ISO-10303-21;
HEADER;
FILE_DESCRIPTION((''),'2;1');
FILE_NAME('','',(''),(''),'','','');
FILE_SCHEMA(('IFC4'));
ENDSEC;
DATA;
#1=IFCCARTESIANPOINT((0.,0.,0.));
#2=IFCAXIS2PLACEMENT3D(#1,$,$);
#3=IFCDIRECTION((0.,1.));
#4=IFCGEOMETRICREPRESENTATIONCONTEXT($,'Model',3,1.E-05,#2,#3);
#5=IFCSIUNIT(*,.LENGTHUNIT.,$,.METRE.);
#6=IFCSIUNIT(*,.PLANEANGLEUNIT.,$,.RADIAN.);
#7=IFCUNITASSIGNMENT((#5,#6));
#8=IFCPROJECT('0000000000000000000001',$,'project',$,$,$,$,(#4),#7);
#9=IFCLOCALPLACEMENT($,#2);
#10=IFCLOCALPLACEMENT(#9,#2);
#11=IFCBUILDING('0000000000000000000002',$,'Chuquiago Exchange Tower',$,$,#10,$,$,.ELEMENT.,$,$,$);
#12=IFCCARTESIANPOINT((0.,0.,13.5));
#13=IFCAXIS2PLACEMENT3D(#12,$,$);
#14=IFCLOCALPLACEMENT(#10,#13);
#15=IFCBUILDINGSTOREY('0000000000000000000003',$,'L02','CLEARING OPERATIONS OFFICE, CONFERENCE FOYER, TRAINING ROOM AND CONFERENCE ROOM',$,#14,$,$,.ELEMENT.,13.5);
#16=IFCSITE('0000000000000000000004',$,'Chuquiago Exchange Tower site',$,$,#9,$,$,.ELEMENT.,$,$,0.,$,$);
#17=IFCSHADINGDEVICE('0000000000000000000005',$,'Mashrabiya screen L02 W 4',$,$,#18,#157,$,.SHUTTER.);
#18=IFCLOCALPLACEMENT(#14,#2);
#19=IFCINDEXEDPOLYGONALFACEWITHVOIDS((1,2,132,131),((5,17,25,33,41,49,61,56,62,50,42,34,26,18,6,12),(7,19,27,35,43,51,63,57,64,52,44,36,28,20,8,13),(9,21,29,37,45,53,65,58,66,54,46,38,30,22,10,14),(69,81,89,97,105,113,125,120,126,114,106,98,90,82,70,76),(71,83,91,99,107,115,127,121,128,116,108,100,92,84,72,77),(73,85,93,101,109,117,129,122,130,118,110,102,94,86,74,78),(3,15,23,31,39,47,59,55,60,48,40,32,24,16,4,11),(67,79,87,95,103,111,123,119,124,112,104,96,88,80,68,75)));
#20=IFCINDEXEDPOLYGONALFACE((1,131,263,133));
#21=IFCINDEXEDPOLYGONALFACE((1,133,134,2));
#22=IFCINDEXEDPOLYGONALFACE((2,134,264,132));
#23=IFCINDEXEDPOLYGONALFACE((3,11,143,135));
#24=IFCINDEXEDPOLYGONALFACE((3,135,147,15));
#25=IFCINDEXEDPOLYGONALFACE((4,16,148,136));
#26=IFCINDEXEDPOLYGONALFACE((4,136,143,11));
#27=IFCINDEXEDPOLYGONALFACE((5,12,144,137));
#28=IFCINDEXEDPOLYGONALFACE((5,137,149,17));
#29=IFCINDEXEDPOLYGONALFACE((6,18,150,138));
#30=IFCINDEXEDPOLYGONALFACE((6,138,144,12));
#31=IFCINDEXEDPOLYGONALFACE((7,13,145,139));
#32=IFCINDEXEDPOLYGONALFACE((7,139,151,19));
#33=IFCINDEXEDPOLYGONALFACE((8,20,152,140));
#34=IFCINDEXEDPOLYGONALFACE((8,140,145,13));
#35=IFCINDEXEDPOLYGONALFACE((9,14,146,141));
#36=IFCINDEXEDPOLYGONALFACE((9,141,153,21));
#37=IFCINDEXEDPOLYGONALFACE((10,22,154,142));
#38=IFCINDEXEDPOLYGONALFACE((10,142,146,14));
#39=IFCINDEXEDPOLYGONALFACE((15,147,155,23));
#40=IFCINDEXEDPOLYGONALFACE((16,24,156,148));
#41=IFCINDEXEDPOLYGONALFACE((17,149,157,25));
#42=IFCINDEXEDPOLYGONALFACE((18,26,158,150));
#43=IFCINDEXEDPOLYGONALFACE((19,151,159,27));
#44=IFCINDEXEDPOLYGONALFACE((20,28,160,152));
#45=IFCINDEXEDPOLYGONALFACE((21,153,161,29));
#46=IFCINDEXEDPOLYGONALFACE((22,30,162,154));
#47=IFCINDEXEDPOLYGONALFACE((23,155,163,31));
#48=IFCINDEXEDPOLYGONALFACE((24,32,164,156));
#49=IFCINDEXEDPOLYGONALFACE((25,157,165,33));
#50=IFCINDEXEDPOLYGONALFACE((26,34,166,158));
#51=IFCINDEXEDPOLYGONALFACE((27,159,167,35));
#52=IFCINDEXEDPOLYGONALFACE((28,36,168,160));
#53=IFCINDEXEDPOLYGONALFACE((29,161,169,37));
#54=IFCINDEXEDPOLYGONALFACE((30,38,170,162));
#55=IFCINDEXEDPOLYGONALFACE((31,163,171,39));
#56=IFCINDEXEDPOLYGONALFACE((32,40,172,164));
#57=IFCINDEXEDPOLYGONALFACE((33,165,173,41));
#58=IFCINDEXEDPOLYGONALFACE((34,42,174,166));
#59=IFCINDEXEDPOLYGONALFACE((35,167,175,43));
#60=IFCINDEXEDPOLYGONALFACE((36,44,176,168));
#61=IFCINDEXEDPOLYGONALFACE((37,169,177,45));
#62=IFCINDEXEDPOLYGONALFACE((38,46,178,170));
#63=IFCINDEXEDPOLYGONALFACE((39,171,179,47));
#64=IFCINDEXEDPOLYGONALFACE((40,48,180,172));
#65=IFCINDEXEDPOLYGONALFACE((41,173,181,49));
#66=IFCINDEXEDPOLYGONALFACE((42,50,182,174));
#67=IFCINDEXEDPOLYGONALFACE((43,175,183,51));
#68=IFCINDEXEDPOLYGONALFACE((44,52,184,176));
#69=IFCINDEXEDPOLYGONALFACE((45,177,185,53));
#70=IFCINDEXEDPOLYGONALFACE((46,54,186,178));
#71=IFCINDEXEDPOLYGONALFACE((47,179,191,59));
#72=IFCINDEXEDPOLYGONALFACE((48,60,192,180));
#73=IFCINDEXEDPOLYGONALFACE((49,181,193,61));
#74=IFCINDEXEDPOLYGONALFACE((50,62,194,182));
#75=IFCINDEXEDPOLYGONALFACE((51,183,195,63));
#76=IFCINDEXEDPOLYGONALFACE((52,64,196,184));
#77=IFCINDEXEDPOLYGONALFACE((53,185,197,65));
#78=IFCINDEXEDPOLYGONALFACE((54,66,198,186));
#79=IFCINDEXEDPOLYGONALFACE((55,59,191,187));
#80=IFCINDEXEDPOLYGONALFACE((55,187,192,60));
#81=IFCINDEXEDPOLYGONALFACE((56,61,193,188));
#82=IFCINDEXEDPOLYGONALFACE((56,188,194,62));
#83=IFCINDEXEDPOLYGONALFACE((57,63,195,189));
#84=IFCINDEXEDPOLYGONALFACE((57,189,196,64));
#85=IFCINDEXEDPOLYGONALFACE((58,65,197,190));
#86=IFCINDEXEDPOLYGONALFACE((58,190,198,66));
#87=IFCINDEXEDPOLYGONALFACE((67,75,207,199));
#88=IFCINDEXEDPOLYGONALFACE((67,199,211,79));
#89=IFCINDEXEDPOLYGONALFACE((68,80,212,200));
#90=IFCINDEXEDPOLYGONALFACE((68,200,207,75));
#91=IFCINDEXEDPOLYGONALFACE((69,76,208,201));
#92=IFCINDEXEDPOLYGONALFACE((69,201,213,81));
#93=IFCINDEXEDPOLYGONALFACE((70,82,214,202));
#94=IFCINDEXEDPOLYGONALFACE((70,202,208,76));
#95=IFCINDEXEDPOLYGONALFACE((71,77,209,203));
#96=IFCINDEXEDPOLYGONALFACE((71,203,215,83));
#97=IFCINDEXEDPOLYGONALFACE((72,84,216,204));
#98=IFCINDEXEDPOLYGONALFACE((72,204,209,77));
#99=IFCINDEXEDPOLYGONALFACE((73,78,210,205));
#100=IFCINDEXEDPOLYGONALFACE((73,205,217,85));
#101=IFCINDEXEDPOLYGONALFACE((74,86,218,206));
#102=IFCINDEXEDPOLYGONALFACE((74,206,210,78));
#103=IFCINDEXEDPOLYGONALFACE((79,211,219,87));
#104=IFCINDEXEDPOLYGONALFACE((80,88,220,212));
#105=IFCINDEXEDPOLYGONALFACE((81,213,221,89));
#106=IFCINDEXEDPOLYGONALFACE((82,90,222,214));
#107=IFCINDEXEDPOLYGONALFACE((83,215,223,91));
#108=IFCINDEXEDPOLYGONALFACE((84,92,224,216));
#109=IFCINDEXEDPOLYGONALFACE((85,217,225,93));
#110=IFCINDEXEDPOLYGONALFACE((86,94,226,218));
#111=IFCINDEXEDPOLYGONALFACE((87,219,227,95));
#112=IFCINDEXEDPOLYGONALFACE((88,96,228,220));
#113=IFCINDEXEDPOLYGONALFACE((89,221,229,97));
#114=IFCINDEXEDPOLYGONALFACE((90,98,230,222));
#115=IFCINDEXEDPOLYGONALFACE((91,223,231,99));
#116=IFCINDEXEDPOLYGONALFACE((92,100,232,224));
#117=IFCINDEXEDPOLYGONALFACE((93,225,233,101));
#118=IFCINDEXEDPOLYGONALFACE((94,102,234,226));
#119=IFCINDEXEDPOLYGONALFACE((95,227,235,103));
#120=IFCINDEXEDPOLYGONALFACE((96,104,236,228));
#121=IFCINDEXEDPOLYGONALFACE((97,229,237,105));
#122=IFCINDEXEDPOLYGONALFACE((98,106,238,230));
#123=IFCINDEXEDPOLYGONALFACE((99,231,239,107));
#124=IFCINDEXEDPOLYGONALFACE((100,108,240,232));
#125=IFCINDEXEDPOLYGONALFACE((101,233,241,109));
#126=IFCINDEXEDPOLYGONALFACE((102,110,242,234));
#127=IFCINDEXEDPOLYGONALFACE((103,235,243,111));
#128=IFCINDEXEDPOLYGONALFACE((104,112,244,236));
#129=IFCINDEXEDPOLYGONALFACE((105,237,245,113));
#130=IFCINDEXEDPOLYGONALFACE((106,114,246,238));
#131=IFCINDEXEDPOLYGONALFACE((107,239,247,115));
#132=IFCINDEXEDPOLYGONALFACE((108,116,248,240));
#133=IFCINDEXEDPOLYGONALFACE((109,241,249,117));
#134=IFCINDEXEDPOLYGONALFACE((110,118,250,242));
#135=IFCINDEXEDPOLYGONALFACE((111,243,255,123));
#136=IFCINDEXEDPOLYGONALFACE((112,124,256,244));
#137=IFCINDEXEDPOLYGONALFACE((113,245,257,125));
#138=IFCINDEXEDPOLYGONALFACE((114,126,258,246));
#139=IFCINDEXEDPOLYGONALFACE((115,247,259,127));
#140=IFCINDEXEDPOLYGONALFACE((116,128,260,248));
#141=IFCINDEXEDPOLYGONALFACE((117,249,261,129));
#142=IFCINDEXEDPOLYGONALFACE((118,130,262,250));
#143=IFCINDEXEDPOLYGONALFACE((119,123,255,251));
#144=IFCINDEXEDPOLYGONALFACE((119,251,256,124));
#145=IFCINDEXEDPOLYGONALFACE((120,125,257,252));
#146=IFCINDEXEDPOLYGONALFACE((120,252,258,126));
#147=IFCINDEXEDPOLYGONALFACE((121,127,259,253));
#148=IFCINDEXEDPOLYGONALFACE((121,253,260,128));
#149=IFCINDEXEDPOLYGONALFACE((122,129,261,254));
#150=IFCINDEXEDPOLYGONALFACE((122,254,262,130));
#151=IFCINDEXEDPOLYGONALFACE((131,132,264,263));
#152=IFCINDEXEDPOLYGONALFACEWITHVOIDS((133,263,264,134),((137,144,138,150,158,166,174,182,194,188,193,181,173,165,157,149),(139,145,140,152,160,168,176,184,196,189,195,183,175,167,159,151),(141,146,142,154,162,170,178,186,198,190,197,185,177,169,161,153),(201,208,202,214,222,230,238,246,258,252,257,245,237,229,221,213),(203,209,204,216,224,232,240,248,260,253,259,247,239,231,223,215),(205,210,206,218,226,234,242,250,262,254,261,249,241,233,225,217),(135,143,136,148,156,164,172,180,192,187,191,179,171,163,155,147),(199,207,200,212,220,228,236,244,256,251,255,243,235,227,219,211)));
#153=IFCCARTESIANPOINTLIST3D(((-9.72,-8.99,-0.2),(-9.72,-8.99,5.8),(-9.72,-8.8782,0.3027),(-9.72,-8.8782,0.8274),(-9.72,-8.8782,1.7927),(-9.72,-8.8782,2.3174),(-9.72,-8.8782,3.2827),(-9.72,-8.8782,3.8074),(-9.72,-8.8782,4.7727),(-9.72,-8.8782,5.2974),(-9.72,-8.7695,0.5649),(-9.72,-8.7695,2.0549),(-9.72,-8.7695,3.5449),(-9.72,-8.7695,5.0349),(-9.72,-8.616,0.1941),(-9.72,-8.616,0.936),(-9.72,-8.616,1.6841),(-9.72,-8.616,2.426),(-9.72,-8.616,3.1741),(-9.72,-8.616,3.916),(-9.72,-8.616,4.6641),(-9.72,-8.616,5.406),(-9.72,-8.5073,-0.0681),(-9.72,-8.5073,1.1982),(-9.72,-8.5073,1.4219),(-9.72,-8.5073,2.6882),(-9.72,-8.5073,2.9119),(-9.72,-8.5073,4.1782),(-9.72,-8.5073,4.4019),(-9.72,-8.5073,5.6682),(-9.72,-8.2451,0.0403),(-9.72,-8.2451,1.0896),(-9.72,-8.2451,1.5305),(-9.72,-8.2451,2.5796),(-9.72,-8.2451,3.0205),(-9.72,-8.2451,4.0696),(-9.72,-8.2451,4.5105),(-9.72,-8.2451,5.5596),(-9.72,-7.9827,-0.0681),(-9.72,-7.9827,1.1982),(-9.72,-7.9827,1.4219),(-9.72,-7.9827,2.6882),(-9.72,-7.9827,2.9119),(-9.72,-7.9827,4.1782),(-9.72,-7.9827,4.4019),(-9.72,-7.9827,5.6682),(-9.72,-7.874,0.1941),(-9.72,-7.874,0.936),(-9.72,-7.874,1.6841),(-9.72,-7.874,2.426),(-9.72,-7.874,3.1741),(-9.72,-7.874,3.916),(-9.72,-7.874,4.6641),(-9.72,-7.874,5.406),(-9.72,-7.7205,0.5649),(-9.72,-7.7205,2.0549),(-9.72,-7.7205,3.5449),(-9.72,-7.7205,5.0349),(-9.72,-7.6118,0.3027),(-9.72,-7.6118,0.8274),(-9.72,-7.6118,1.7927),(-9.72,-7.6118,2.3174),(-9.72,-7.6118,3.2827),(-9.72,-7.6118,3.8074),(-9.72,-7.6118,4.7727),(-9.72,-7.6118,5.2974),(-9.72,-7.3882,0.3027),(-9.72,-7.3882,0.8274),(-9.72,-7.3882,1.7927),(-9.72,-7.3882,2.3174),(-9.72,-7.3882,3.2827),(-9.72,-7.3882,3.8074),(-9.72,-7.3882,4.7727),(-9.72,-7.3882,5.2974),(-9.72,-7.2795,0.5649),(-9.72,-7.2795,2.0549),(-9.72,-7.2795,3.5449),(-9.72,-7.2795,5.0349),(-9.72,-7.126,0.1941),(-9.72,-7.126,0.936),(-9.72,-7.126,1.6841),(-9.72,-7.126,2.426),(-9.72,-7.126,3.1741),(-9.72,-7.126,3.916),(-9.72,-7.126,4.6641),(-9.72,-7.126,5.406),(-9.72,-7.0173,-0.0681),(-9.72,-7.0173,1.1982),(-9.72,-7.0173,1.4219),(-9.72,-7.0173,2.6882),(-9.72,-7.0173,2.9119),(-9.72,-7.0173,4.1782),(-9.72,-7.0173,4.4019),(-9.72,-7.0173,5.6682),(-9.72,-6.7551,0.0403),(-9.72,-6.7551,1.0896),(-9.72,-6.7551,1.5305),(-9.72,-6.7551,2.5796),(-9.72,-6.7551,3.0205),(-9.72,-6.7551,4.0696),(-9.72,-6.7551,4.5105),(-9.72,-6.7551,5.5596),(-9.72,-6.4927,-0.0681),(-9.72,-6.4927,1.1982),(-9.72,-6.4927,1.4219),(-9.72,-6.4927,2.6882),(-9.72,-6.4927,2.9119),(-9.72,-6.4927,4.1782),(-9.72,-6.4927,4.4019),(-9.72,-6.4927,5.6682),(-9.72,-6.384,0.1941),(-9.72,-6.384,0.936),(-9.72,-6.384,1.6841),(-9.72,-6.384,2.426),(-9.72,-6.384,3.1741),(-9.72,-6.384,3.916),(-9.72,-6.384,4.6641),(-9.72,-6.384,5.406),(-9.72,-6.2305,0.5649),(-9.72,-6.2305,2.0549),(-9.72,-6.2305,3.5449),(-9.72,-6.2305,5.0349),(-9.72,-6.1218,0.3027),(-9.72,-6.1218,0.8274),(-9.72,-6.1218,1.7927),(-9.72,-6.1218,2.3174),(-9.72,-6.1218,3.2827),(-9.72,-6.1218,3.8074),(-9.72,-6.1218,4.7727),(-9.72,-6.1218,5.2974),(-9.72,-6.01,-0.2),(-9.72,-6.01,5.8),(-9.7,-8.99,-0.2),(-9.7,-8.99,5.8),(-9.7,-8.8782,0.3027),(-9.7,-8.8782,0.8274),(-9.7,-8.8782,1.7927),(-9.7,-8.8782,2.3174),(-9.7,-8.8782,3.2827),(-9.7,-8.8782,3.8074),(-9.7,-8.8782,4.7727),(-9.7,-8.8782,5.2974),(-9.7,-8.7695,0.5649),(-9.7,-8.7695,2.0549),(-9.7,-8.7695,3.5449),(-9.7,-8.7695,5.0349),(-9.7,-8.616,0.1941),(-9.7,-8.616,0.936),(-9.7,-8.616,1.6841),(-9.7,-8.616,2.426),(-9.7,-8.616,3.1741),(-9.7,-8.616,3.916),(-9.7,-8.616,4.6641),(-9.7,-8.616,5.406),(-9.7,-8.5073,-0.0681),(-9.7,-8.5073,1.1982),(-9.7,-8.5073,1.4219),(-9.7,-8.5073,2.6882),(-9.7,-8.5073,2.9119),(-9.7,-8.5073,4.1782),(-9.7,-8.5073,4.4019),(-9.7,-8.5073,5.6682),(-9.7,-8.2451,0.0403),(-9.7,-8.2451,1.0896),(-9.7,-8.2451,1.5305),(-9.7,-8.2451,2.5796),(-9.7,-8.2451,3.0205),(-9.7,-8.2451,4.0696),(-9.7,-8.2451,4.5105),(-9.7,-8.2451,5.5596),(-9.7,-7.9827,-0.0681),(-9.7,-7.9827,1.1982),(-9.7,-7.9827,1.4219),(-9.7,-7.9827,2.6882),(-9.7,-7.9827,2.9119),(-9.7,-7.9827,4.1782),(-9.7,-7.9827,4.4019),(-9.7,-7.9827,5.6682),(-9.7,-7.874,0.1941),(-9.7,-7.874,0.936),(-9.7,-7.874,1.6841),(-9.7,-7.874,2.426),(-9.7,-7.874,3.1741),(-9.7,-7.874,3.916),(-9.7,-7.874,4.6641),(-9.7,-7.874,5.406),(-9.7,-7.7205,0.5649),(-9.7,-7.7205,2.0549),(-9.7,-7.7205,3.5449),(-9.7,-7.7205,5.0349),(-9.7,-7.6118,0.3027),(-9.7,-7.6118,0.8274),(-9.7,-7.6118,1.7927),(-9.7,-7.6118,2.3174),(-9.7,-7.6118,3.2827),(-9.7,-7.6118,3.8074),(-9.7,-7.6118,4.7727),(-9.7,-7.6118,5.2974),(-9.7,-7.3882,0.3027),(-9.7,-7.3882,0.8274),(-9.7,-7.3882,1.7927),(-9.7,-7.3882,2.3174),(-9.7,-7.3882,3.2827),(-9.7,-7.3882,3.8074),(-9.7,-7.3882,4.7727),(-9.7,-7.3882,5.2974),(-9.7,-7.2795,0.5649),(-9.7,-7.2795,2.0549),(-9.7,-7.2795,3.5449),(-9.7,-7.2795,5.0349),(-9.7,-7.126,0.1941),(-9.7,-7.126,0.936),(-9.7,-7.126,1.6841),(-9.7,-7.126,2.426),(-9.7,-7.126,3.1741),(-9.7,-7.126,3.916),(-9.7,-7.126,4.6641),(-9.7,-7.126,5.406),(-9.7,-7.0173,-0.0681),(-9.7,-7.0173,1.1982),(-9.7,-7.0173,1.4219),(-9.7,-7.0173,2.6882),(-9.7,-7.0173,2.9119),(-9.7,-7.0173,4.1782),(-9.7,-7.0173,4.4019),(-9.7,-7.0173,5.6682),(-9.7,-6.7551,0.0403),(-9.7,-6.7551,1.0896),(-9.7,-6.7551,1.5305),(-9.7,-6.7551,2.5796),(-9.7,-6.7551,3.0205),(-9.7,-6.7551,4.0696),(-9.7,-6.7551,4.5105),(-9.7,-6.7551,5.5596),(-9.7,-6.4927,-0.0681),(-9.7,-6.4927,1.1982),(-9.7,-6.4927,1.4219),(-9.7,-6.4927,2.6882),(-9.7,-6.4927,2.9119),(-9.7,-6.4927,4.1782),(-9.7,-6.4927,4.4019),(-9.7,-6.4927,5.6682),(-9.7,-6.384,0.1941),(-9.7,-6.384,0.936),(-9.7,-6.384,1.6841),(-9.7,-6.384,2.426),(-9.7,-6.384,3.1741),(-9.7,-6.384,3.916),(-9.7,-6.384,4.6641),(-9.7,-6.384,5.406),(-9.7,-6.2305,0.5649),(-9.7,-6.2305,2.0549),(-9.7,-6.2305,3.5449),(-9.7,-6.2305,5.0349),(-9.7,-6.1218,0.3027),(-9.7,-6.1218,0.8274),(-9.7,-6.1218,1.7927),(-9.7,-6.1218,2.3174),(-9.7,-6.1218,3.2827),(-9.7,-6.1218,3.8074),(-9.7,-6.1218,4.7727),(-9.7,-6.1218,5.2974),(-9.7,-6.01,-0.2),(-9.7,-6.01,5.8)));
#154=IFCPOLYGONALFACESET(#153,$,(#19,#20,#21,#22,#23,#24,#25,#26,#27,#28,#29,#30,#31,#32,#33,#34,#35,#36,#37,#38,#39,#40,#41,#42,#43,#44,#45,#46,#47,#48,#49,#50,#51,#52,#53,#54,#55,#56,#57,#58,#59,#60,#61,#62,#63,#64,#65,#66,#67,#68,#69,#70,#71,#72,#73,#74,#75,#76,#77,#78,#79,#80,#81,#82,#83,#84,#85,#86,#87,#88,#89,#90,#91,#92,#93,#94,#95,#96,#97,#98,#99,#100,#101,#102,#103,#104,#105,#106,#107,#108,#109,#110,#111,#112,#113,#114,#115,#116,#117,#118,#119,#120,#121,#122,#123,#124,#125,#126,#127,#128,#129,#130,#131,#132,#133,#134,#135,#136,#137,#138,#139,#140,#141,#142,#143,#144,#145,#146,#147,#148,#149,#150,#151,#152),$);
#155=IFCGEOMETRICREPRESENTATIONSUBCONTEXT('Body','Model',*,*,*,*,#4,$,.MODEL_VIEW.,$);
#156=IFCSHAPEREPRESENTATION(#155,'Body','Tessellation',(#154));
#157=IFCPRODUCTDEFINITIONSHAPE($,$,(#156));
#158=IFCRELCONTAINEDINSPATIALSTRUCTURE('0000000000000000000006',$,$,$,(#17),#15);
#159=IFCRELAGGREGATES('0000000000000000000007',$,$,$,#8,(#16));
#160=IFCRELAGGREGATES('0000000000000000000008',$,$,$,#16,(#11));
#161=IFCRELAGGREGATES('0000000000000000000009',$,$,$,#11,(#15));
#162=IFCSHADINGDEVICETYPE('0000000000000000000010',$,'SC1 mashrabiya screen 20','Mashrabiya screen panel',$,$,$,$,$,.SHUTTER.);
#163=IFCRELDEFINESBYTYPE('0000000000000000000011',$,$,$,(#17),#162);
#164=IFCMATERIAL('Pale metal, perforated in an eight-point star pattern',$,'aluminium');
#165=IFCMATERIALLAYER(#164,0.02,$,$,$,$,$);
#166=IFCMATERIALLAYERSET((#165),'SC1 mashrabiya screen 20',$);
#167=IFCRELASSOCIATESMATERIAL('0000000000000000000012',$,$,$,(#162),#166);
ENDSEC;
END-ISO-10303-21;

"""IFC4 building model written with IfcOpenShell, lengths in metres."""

from ifc_helpers import new_model, si_unit, direction, frame, origin, place, context, subcontext, project, spatial, polyline, outline, extrude, material, layer, layer_set, type_object, element, save


model = new_model("IFC4")

# Units and contexts
model_context = context("Model", 3, precision=1e-05, world=origin(), true_north=direction((0.0, 1.0)))
body_context = subcontext(model_context, "Body", "Model", "MODEL_VIEW")
ifc_project = project(units=[si_unit("LENGTHUNIT", "METRE"), si_unit("PLANEANGLEUNIT", "RADIAN")], contexts=[model_context])

# Site, building, storey
site_placement = place(None, origin())
site = spatial("IfcSite", under=ifc_project, at=site_placement, Name="Chuquiago Exchange Tower site", CompositionType="ELEMENT", RefElevation=0.0)
building_placement = place(site_placement, origin())
building = spatial("IfcBuilding", under=site, at=building_placement, Name="Chuquiago Exchange Tower", CompositionType="ELEMENT")
storey_placement = place(building_placement, frame((0.0, 0.0, 13.5)))
storey = spatial("IfcBuildingStorey", under=building, at=storey_placement, Name="L02", Description="CLEARING OPERATIONS OFFICE, CONFERENCE FOYER, TRAINING ROOM AND CONFERENCE ROOM", CompositionType="ELEMENT", Elevation=13.5)

# Shading device
ifc_material_1 = material(Name="Pale metal, perforated in an eight-point star pattern", Category="aluminium")
ifc_layer_1 = layer(ifc_material_1, 0.02)
ifc_layer_set_1 = layer_set([ifc_layer_1], Name="SC1 mashrabiya screen 20")
shading_device_type = type_object("IfcShadingDeviceType", Name="SC1 mashrabiya screen 20", Description="Mashrabiya screen panel", PredefinedType="SHUTTER", material=ifc_layer_set_1)
shading_device_1_placement = place(storey_placement, frame((-9.7, -6.01, -0.2), z_axis=(0.0, 0.0, 1.0), x_axis=(0.0, -1.0, 0.0)))
element("IfcShadingDevice", 1, at=shading_device_1_placement, inside=storey, type_object=shading_device_type, Name="Mashrabiya screen L02 W 4", PredefinedType="SHUTTER", context=body_context, shape_type="SweptSolid", body=[
    extrude(outline(polyline([(0.0, 0.0), (2.98, 0.0), (2.98, 6.0), (0.0, 6.0), (0.0, 0.0)]), holes=[polyline([(1.2695, 0.7649), (1.3782, 1.0273), (1.116, 1.136), (1.0073, 1.3982), (0.7451, 1.2896), (0.4827, 1.3982), (0.374, 1.136), (0.1118, 1.0273), (0.2205, 0.7649), (0.1118, 0.5027), (0.374, 0.394), (0.4827, 0.1318), (0.7451, 0.2402), (1.0073, 0.1318), (1.116, 0.394), (1.3782, 0.5027), (1.2695, 0.7649)]), polyline([(2.7595, 0.7649), (2.8682, 1.0273), (2.606, 1.136), (2.4973, 1.3982), (2.2351, 1.2896), (1.9727, 1.3982), (1.864, 1.136), (1.6018, 1.0273), (1.7104, 0.7649), (1.6018, 0.5027), (1.864, 0.394), (1.9727, 0.1318), (2.2351, 0.2402), (2.4973, 0.1318), (2.606, 0.394), (2.8682, 0.5027), (2.7595, 0.7649)]), polyline([(1.2695, 2.2549), (1.3782, 2.5173), (1.116, 2.626), (1.0073, 2.8882), (0.7451, 2.7795), (0.4827, 2.8882), (0.374, 2.626), (0.1118, 2.5173), (0.2205, 2.2549), (0.1118, 1.9927), (0.374, 1.884), (0.4827, 1.6218), (0.7451, 1.7305), (1.0073, 1.6218), (1.116, 1.884), (1.3782, 1.9927), (1.2695, 2.2549)]), polyline([(2.7595, 2.2549), (2.8682, 2.5173), (2.606, 2.626), (2.4973, 2.8882), (2.2351, 2.7795), (1.9727, 2.8882), (1.864, 2.626), (1.6018, 2.5173), (1.7104, 2.2549), (1.6018, 1.9927), (1.864, 1.884), (1.9727, 1.6218), (2.2351, 1.7305), (2.4973, 1.6218), (2.606, 1.884), (2.8682, 1.9927), (2.7595, 2.2549)]), polyline([(1.2695, 3.7449), (1.3782, 4.0073), (1.116, 4.116), (1.0073, 4.3782), (0.7451, 4.2695), (0.4827, 4.3782), (0.374, 4.116), (0.1118, 4.0073), (0.2205, 3.7449), (0.1118, 3.4827), (0.374, 3.374), (0.4827, 3.1118), (0.7451, 3.2205), (1.0073, 3.1118), (1.116, 3.374), (1.3782, 3.4827), (1.2695, 3.7449)]), polyline([(2.7595, 3.7449), (2.8682, 4.0073), (2.606, 4.116), (2.4973, 4.3782), (2.2351, 4.2695), (1.9727, 4.3782), (1.864, 4.116), (1.6018, 4.0073), (1.7104, 3.7449), (1.6018, 3.4827), (1.864, 3.374), (1.9727, 3.1118), (2.2351, 3.2205), (2.4973, 3.1118), (2.606, 3.374), (2.8682, 3.4827), (2.7595, 3.7449)]), polyline([(1.2695, 5.2349), (1.3782, 5.4973), (1.116, 5.606), (1.0073, 5.8682), (0.7451, 5.7595), (0.4827, 5.8682), (0.374, 5.606), (0.1118, 5.4973), (0.2205, 5.2349), (0.1118, 4.9727), (0.374, 4.864), (0.4827, 4.6018), (0.7451, 4.7104), (1.0073, 4.6018), (1.116, 4.864), (1.3782, 4.9727), (1.2695, 5.2349)]), polyline([(2.7595, 5.2349), (2.8682, 5.4973), (2.606, 5.606), (2.4973, 5.8682), (2.2351, 5.7595), (1.9727, 5.8682), (1.864, 5.606), (1.6018, 5.4973), (1.7104, 5.2349), (1.6018, 4.9727), (1.864, 4.864), (1.9727, 4.6018), (2.2351, 4.7104), (2.4973, 4.6018), (2.606, 4.864), (2.8682, 4.9727), (2.7595, 5.2349)])]), frame((0.0, 0.0, 0.0), z_axis=(0.0, -1.0, 0.0), x_axis=(1.0, 0.0, 0.0)), (0.0, 0.0, 1.0), 0.02),
])

save(model, "model.ifc")
